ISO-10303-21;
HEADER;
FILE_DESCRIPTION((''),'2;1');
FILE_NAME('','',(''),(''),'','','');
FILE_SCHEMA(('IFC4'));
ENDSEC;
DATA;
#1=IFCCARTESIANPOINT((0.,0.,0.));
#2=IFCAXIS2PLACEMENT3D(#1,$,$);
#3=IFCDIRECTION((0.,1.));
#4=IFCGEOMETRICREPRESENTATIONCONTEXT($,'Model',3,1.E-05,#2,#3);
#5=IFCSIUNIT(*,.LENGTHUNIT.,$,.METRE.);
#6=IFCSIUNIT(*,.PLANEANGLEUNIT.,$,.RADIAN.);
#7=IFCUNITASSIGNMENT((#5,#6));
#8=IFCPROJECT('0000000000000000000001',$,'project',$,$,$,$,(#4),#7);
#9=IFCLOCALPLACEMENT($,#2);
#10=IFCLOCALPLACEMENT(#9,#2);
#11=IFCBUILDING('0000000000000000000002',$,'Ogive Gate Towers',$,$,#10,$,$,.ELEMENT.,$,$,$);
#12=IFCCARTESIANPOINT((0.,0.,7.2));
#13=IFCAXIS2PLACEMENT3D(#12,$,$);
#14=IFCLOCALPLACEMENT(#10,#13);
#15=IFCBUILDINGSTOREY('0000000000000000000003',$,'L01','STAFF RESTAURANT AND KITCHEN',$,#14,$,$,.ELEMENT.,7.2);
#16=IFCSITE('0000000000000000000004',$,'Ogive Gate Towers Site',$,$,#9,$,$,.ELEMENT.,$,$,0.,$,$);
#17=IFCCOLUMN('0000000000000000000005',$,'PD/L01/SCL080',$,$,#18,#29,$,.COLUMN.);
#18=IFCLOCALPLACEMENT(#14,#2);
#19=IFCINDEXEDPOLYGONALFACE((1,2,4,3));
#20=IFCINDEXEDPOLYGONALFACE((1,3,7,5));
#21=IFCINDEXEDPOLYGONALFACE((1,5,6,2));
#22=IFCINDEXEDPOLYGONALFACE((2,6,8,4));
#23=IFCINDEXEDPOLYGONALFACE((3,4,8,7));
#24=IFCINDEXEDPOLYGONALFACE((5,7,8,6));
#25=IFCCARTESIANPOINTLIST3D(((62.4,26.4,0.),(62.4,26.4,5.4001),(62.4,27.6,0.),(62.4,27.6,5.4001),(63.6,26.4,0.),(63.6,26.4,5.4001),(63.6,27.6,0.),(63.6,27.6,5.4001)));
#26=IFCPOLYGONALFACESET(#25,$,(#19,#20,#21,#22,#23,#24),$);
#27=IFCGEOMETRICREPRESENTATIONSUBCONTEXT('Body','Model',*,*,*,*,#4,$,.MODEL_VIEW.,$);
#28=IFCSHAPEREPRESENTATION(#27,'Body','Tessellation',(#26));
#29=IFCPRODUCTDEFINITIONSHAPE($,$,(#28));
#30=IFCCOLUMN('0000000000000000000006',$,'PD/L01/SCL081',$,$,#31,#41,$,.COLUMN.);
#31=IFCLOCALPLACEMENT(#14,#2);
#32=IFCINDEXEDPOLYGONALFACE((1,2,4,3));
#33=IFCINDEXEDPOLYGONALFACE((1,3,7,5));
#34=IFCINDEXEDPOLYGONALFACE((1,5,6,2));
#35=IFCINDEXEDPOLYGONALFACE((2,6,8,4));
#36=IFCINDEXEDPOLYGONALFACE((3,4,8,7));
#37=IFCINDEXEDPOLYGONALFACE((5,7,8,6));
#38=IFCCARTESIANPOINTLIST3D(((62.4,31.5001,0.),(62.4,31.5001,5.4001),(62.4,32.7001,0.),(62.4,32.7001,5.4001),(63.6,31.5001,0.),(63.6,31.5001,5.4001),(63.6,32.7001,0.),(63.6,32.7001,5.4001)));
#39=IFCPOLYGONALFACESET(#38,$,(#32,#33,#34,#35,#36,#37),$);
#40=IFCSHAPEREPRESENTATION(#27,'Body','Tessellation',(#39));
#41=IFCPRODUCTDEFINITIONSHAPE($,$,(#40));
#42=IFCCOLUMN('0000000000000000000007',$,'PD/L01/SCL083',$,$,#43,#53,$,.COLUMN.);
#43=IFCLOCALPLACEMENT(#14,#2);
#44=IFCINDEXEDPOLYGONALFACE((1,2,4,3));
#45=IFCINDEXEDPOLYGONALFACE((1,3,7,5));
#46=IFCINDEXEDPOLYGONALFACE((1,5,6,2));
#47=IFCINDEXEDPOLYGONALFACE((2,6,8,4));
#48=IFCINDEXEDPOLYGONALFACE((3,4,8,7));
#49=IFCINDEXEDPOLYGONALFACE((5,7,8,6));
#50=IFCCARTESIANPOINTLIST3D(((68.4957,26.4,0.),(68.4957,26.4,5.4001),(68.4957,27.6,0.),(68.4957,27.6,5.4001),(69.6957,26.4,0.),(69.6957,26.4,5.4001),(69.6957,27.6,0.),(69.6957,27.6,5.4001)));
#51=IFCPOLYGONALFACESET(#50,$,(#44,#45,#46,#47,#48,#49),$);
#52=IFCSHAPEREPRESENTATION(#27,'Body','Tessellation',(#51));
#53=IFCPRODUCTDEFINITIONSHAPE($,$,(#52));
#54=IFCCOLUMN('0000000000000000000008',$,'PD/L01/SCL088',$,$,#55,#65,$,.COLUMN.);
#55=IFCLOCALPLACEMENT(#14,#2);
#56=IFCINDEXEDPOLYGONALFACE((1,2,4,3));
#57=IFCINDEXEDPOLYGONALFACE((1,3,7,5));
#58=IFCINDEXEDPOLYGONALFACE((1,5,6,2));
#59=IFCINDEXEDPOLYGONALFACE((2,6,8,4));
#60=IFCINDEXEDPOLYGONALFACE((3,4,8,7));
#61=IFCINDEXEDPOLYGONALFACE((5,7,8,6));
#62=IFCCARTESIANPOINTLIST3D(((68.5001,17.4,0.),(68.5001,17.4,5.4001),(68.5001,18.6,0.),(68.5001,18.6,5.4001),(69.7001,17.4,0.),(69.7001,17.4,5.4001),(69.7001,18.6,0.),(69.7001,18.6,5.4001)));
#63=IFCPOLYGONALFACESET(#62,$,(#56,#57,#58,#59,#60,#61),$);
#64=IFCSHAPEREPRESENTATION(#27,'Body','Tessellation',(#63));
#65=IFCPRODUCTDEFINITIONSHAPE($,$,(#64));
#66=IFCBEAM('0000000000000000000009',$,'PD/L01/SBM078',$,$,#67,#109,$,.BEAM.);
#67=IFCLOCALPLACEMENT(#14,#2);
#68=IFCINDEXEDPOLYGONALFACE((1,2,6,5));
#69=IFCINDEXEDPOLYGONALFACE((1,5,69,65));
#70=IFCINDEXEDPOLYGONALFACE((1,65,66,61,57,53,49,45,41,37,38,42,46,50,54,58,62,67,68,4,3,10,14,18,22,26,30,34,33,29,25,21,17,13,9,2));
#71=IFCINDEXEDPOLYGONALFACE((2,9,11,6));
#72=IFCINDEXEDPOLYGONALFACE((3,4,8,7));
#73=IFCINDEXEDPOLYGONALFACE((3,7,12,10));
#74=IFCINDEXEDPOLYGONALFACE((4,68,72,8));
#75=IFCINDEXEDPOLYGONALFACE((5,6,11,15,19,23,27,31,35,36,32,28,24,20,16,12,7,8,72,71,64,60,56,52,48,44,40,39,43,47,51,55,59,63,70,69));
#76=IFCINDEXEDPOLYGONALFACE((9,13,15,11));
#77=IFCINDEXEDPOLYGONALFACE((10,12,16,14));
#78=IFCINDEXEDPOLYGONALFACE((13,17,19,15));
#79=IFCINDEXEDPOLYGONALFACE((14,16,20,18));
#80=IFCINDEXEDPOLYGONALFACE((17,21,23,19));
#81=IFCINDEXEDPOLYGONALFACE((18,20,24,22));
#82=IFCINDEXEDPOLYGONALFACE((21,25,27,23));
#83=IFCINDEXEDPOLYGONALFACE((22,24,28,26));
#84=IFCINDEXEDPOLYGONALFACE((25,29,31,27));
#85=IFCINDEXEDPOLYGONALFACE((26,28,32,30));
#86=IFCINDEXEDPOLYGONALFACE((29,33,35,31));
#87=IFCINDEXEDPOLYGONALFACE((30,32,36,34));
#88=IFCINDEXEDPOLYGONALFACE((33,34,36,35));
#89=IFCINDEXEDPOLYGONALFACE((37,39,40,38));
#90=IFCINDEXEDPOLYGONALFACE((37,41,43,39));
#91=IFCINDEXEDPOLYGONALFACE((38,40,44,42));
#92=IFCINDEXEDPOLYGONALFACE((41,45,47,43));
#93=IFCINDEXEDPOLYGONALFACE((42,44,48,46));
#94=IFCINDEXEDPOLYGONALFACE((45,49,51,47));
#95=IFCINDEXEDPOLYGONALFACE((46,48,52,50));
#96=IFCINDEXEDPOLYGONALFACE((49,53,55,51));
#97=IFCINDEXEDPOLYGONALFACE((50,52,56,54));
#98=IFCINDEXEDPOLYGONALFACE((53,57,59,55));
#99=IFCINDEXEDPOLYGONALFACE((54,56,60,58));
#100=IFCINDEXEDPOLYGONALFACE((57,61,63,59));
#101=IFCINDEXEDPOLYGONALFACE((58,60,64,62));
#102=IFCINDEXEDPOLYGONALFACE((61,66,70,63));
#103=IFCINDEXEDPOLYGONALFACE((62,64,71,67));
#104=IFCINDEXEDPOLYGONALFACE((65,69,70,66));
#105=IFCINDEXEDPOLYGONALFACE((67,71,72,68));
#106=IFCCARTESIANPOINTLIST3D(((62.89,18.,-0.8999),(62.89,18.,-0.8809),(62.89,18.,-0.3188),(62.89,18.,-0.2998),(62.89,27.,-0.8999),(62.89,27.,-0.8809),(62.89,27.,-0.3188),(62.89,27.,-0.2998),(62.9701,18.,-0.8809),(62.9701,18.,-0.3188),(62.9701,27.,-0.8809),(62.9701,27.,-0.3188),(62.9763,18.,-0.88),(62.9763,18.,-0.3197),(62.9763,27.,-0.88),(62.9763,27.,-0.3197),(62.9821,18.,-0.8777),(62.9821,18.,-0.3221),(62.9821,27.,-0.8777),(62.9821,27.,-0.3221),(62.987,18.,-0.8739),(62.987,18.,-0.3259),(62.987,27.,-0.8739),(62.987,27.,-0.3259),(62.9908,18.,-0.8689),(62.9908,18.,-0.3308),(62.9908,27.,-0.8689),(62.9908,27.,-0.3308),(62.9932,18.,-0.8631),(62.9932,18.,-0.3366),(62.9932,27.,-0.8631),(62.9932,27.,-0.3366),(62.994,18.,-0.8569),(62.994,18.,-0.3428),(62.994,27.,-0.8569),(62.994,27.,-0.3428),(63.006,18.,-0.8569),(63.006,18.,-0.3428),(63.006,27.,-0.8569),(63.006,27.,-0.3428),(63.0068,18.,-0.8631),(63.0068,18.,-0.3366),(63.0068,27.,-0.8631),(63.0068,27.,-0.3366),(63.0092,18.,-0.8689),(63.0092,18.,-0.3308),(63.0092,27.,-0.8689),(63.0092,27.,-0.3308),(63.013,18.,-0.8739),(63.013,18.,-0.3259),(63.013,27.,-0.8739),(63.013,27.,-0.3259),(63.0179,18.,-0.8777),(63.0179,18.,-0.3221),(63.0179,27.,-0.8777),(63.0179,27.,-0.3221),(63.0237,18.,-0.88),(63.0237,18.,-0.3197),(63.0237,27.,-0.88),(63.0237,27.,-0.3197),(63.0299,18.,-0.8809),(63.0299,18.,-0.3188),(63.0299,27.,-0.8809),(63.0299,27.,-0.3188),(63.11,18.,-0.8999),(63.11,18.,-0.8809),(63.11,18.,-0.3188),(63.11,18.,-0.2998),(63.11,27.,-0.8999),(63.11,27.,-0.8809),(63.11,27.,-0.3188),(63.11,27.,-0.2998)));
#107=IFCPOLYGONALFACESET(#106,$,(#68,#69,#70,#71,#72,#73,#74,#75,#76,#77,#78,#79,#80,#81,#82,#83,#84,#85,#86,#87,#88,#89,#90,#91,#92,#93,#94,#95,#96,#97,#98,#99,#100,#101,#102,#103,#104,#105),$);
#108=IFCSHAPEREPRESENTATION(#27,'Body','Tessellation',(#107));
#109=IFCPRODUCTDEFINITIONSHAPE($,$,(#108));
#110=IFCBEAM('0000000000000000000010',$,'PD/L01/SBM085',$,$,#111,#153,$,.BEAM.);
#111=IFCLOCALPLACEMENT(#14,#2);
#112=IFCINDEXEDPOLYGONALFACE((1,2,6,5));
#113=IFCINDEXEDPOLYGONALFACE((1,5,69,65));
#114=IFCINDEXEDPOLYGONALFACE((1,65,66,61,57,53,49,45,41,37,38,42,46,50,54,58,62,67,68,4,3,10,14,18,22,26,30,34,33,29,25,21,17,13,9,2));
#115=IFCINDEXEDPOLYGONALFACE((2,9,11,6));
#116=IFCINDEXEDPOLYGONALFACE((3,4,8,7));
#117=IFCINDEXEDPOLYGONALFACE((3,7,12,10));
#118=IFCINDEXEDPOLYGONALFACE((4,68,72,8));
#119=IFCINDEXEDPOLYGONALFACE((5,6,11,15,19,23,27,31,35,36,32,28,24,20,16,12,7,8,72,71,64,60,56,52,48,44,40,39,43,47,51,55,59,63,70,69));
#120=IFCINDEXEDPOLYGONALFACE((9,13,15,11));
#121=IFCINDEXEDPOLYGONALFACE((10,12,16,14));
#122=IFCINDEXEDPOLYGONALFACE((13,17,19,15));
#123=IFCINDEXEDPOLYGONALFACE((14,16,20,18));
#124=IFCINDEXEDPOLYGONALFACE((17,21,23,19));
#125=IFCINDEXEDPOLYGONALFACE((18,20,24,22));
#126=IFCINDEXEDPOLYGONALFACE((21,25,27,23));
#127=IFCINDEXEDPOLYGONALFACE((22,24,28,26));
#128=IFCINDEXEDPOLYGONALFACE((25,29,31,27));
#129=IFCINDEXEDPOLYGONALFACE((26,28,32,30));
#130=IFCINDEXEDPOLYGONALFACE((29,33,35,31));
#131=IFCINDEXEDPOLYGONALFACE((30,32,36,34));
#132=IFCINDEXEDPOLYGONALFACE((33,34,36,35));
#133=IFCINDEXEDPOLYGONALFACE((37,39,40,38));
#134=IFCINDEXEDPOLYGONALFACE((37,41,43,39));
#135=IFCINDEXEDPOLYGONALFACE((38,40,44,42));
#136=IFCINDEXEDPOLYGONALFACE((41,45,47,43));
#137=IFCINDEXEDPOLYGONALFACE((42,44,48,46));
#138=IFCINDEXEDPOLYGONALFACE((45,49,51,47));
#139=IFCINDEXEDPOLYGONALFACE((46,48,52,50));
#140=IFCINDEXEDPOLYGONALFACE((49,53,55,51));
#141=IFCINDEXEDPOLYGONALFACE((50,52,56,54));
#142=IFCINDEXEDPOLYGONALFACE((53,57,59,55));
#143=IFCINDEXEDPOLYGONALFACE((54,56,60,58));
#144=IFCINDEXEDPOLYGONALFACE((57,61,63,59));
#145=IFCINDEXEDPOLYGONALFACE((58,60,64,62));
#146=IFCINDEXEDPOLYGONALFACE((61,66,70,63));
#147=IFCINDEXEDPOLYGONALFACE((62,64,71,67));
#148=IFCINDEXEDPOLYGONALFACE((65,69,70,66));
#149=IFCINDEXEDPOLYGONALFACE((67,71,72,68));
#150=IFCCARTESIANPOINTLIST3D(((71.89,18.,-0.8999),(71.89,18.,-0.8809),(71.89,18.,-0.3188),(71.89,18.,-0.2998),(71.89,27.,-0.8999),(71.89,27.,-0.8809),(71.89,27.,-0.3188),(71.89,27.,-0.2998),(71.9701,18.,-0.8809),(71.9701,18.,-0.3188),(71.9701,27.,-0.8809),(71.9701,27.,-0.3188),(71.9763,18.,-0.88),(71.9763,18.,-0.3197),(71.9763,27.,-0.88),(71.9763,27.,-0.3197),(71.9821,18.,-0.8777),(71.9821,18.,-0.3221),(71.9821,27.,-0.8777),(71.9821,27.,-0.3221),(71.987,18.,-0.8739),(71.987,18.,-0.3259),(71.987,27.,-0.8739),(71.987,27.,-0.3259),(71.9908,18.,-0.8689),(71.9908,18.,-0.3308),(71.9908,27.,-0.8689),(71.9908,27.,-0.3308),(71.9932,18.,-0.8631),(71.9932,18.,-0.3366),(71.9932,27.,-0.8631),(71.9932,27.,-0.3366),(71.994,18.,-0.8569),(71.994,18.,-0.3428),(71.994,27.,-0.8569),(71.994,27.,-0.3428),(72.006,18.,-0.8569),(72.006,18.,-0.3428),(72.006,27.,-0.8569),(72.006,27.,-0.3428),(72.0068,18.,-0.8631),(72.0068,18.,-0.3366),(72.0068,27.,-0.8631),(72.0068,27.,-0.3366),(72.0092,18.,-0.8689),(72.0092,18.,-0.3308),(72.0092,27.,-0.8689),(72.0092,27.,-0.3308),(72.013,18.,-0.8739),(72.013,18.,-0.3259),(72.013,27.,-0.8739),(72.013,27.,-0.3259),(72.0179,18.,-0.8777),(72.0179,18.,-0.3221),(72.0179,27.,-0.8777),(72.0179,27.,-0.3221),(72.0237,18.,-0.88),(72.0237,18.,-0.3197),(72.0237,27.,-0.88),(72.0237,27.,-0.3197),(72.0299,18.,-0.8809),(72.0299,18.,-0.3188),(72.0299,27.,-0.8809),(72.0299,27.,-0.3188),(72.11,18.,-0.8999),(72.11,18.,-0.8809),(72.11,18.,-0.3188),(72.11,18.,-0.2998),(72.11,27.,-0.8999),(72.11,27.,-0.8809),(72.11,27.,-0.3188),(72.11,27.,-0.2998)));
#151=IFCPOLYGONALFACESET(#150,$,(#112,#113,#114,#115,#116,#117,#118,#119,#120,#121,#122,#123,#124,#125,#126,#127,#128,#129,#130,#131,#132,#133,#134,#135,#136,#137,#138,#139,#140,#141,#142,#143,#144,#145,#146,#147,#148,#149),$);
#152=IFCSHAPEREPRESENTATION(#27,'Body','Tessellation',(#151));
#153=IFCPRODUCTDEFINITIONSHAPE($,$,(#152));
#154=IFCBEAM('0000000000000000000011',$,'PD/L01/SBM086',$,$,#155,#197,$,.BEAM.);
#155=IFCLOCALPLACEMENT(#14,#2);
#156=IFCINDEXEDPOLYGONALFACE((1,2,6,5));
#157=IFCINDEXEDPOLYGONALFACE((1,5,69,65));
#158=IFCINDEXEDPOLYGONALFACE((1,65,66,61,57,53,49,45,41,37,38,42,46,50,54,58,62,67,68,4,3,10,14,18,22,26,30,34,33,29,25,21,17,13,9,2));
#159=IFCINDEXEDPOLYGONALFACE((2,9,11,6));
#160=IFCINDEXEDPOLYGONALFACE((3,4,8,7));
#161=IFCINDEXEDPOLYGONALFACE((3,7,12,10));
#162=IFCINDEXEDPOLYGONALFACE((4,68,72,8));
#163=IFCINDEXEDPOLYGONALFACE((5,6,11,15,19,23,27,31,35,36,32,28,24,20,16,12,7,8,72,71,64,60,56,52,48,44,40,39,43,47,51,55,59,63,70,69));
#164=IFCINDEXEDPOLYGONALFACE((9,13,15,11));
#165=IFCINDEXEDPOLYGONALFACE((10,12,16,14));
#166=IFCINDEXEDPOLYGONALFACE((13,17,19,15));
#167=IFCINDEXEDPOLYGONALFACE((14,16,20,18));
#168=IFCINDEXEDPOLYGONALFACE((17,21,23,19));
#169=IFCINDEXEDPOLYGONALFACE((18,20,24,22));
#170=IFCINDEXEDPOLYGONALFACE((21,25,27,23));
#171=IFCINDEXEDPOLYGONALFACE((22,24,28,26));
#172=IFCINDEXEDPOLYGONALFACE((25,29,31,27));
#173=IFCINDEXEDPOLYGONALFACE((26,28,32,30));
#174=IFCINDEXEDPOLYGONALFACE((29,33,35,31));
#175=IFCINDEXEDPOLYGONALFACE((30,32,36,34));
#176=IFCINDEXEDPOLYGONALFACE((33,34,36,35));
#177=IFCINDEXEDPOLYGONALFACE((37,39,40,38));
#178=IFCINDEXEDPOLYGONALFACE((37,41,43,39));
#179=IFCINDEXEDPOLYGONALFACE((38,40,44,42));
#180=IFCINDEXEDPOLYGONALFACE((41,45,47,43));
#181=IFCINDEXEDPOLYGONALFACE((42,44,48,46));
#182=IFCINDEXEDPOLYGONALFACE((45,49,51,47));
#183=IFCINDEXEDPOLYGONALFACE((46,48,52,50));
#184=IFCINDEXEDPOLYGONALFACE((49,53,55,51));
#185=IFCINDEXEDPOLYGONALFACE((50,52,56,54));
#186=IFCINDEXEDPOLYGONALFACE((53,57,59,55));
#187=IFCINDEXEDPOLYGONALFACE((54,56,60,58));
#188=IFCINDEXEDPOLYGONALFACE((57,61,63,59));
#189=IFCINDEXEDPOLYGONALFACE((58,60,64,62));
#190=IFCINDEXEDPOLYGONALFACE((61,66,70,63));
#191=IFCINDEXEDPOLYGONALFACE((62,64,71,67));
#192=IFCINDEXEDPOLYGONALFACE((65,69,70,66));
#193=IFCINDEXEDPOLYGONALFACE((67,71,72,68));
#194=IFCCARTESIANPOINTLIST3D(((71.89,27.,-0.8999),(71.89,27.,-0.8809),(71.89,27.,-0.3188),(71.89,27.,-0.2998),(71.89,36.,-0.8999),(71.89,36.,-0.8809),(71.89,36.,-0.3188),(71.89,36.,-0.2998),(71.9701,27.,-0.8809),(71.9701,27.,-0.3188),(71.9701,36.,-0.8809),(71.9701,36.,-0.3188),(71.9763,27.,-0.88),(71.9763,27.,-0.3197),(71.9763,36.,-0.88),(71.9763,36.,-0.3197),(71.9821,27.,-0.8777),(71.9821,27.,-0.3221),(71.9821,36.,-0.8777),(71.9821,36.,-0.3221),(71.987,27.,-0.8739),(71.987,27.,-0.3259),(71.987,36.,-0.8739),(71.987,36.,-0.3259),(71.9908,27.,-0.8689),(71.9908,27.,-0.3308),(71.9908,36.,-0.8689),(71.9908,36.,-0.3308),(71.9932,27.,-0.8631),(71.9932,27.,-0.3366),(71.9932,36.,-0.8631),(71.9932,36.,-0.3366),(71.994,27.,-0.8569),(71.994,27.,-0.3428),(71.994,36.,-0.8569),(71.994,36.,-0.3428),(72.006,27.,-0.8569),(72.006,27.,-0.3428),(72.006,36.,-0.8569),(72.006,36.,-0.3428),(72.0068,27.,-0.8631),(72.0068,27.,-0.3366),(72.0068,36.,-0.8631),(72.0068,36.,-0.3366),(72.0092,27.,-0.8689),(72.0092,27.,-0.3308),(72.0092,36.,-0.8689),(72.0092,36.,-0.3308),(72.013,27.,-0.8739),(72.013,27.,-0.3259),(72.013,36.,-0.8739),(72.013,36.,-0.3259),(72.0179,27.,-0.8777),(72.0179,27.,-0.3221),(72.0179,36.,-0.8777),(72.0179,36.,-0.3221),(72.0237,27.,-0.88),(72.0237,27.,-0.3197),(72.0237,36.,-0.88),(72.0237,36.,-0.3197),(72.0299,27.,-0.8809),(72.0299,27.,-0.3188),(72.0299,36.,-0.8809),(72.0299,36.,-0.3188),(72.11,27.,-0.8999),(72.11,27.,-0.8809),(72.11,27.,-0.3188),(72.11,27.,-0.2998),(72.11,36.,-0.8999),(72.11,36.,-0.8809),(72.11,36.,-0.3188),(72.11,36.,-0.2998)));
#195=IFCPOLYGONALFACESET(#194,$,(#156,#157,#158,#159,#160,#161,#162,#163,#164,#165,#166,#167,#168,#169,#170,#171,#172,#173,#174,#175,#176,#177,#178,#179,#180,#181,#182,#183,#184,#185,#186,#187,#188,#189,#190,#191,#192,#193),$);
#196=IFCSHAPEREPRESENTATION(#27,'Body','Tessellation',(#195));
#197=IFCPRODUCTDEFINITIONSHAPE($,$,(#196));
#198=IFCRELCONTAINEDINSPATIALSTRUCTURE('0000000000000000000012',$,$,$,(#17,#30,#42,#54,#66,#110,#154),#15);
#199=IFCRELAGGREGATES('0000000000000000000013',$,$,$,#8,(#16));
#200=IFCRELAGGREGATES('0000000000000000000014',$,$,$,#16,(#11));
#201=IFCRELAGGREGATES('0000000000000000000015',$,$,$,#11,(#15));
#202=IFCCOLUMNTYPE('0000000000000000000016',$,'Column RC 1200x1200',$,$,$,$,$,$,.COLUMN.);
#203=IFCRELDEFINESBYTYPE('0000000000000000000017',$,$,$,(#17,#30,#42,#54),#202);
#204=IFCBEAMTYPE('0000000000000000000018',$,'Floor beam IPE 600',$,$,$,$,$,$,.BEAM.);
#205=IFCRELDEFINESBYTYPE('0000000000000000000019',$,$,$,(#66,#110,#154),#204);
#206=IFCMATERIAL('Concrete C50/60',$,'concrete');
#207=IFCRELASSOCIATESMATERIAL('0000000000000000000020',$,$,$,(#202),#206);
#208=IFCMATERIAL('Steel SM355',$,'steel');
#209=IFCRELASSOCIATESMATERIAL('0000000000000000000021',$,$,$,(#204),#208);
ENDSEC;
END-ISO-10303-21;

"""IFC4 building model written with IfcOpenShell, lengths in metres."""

from ifc_helpers import new_model, si_unit, direction, frame, origin, origin_2d, place, context, subcontext, project, spatial, rectangle, i_section, extrude, material, material_profile, profile_set, type_object, element, save


model = new_model("IFC4")

# Units and contexts
model_context = context("Model", 3, precision=1e-05, world=origin(), true_north=direction((0.0, 1.0)))
body_context = subcontext(model_context, "Body", "Model", "MODEL_VIEW")
ifc_project = project(units=[si_unit("LENGTHUNIT", "METRE"), si_unit("PLANEANGLEUNIT", "RADIAN")], contexts=[model_context])

# Site, building, storey
site_placement = place(None, origin())
site = spatial("IfcSite", under=ifc_project, at=site_placement, Name="Ogive Gate Towers Site", CompositionType="ELEMENT", RefElevation=0.0)
building_placement = place(site_placement, origin())
building = spatial("IfcBuilding", under=site, at=building_placement, Name="Ogive Gate Towers", CompositionType="ELEMENT")
storey_placement = place(building_placement, frame((0.0, 0.0, 7.2)))
storey = spatial("IfcBuildingStorey", under=building, at=storey_placement, Name="L01", Description="STAFF RESTAURANT AND KITCHEN", CompositionType="ELEMENT", Elevation=7.2)

# Columns
ifc_material_1 = material(Name="Concrete C50/60", Category="concrete")
ifc_material_profile_1 = material_profile(ifc_material_1, rectangle(XDim=1.2, YDim=1.2, at=origin_2d()), Name="RC 1200x1200")
ifc_profile_set_1 = profile_set([ifc_material_profile_1], Name="Concrete C50/60")
column_type = type_object("IfcColumnType", Name="Column RC 1200x1200", PredefinedType="COLUMN", material=ifc_profile_set_1)
for number, where, z_axis, x_axis, name in (
    (1, (63.0, 27.0, 0.0), (0.0, 0.0, 1.0), (1.0, 0.0, 0.0), "PD/L01/SCL080"),
    (2, (63.0, 32.1001, 0.0), (0.0, 0.0, 1.0), (1.0, 0.0, 0.0), "PD/L01/SCL081"),
    (3, (69.0957, 27.0, 0.0), (0.0, 0.0, 1.0), (1.0, 0.0, 0.0), "PD/L01/SCL083"),
    (4, (69.1001, 18.0, 0.0), (0.0, 0.0, 1.0), (1.0, 0.0, 0.0), "PD/L01/SCL088"),
):
    element("IfcColumn", number, at=place(storey_placement, frame(where, z_axis=z_axis, x_axis=x_axis)), inside=storey, type_object=column_type, Name=name, PredefinedType="COLUMN", context=body_context, shape_type="SweptSolid", body=[
        extrude(rectangle(XDim=1.2, YDim=1.2, at=origin_2d()), origin(), (0.0, 0.0, 1.0), 5.4001),
    ])

# Beams
ifc_material_2 = material(Name="Steel SM355", Category="steel")
ifc_material_profile_2 = material_profile(ifc_material_2, i_section(OverallWidth=0.22, OverallDepth=0.6001, WebThickness=0.012, FlangeThickness=0.019, FilletRadius=0.0239, at=origin_2d()), Name="IPE 600")
ifc_profile_set_2 = profile_set([ifc_material_profile_2], Name="Steel SM355")
beam_type_1 = type_object("IfcBeamType", Name="Floor beam IPE 600", PredefinedType="BEAM", material=ifc_profile_set_2)
for number, where, z_axis, x_axis, name in (
    (5, (63.0, 18.0, -0.5999), (0.0, 1.0, 0.0), (-1.0, 0.0, 0.0), "PD/L01/SBM078"),
    (6, (72.0, 18.0, -0.5999), (0.0, 1.0, 0.0), (-1.0, 0.0, 0.0), "PD/L01/SBM085"),
    (7, (72.0, 27.0, -0.5999), (0.0, 1.0, 0.0), (-1.0, 0.0, 0.0), "PD/L01/SBM086"),
):
    element("IfcBeam", number, at=place(storey_placement, frame(where, z_axis=z_axis, x_axis=x_axis)), inside=storey, type_object=beam_type_1, Name=name, PredefinedType="BEAM", context=body_context, shape_type="SweptSolid", body=[
        extrude(i_section(OverallWidth=0.22, OverallDepth=0.6001, WebThickness=0.012, FlangeThickness=0.019, FilletRadius=0.0239, at=origin_2d()), origin(), (0.0, 0.0, 1.0), 9.0),
    ])

save(model, "model.ifc")
